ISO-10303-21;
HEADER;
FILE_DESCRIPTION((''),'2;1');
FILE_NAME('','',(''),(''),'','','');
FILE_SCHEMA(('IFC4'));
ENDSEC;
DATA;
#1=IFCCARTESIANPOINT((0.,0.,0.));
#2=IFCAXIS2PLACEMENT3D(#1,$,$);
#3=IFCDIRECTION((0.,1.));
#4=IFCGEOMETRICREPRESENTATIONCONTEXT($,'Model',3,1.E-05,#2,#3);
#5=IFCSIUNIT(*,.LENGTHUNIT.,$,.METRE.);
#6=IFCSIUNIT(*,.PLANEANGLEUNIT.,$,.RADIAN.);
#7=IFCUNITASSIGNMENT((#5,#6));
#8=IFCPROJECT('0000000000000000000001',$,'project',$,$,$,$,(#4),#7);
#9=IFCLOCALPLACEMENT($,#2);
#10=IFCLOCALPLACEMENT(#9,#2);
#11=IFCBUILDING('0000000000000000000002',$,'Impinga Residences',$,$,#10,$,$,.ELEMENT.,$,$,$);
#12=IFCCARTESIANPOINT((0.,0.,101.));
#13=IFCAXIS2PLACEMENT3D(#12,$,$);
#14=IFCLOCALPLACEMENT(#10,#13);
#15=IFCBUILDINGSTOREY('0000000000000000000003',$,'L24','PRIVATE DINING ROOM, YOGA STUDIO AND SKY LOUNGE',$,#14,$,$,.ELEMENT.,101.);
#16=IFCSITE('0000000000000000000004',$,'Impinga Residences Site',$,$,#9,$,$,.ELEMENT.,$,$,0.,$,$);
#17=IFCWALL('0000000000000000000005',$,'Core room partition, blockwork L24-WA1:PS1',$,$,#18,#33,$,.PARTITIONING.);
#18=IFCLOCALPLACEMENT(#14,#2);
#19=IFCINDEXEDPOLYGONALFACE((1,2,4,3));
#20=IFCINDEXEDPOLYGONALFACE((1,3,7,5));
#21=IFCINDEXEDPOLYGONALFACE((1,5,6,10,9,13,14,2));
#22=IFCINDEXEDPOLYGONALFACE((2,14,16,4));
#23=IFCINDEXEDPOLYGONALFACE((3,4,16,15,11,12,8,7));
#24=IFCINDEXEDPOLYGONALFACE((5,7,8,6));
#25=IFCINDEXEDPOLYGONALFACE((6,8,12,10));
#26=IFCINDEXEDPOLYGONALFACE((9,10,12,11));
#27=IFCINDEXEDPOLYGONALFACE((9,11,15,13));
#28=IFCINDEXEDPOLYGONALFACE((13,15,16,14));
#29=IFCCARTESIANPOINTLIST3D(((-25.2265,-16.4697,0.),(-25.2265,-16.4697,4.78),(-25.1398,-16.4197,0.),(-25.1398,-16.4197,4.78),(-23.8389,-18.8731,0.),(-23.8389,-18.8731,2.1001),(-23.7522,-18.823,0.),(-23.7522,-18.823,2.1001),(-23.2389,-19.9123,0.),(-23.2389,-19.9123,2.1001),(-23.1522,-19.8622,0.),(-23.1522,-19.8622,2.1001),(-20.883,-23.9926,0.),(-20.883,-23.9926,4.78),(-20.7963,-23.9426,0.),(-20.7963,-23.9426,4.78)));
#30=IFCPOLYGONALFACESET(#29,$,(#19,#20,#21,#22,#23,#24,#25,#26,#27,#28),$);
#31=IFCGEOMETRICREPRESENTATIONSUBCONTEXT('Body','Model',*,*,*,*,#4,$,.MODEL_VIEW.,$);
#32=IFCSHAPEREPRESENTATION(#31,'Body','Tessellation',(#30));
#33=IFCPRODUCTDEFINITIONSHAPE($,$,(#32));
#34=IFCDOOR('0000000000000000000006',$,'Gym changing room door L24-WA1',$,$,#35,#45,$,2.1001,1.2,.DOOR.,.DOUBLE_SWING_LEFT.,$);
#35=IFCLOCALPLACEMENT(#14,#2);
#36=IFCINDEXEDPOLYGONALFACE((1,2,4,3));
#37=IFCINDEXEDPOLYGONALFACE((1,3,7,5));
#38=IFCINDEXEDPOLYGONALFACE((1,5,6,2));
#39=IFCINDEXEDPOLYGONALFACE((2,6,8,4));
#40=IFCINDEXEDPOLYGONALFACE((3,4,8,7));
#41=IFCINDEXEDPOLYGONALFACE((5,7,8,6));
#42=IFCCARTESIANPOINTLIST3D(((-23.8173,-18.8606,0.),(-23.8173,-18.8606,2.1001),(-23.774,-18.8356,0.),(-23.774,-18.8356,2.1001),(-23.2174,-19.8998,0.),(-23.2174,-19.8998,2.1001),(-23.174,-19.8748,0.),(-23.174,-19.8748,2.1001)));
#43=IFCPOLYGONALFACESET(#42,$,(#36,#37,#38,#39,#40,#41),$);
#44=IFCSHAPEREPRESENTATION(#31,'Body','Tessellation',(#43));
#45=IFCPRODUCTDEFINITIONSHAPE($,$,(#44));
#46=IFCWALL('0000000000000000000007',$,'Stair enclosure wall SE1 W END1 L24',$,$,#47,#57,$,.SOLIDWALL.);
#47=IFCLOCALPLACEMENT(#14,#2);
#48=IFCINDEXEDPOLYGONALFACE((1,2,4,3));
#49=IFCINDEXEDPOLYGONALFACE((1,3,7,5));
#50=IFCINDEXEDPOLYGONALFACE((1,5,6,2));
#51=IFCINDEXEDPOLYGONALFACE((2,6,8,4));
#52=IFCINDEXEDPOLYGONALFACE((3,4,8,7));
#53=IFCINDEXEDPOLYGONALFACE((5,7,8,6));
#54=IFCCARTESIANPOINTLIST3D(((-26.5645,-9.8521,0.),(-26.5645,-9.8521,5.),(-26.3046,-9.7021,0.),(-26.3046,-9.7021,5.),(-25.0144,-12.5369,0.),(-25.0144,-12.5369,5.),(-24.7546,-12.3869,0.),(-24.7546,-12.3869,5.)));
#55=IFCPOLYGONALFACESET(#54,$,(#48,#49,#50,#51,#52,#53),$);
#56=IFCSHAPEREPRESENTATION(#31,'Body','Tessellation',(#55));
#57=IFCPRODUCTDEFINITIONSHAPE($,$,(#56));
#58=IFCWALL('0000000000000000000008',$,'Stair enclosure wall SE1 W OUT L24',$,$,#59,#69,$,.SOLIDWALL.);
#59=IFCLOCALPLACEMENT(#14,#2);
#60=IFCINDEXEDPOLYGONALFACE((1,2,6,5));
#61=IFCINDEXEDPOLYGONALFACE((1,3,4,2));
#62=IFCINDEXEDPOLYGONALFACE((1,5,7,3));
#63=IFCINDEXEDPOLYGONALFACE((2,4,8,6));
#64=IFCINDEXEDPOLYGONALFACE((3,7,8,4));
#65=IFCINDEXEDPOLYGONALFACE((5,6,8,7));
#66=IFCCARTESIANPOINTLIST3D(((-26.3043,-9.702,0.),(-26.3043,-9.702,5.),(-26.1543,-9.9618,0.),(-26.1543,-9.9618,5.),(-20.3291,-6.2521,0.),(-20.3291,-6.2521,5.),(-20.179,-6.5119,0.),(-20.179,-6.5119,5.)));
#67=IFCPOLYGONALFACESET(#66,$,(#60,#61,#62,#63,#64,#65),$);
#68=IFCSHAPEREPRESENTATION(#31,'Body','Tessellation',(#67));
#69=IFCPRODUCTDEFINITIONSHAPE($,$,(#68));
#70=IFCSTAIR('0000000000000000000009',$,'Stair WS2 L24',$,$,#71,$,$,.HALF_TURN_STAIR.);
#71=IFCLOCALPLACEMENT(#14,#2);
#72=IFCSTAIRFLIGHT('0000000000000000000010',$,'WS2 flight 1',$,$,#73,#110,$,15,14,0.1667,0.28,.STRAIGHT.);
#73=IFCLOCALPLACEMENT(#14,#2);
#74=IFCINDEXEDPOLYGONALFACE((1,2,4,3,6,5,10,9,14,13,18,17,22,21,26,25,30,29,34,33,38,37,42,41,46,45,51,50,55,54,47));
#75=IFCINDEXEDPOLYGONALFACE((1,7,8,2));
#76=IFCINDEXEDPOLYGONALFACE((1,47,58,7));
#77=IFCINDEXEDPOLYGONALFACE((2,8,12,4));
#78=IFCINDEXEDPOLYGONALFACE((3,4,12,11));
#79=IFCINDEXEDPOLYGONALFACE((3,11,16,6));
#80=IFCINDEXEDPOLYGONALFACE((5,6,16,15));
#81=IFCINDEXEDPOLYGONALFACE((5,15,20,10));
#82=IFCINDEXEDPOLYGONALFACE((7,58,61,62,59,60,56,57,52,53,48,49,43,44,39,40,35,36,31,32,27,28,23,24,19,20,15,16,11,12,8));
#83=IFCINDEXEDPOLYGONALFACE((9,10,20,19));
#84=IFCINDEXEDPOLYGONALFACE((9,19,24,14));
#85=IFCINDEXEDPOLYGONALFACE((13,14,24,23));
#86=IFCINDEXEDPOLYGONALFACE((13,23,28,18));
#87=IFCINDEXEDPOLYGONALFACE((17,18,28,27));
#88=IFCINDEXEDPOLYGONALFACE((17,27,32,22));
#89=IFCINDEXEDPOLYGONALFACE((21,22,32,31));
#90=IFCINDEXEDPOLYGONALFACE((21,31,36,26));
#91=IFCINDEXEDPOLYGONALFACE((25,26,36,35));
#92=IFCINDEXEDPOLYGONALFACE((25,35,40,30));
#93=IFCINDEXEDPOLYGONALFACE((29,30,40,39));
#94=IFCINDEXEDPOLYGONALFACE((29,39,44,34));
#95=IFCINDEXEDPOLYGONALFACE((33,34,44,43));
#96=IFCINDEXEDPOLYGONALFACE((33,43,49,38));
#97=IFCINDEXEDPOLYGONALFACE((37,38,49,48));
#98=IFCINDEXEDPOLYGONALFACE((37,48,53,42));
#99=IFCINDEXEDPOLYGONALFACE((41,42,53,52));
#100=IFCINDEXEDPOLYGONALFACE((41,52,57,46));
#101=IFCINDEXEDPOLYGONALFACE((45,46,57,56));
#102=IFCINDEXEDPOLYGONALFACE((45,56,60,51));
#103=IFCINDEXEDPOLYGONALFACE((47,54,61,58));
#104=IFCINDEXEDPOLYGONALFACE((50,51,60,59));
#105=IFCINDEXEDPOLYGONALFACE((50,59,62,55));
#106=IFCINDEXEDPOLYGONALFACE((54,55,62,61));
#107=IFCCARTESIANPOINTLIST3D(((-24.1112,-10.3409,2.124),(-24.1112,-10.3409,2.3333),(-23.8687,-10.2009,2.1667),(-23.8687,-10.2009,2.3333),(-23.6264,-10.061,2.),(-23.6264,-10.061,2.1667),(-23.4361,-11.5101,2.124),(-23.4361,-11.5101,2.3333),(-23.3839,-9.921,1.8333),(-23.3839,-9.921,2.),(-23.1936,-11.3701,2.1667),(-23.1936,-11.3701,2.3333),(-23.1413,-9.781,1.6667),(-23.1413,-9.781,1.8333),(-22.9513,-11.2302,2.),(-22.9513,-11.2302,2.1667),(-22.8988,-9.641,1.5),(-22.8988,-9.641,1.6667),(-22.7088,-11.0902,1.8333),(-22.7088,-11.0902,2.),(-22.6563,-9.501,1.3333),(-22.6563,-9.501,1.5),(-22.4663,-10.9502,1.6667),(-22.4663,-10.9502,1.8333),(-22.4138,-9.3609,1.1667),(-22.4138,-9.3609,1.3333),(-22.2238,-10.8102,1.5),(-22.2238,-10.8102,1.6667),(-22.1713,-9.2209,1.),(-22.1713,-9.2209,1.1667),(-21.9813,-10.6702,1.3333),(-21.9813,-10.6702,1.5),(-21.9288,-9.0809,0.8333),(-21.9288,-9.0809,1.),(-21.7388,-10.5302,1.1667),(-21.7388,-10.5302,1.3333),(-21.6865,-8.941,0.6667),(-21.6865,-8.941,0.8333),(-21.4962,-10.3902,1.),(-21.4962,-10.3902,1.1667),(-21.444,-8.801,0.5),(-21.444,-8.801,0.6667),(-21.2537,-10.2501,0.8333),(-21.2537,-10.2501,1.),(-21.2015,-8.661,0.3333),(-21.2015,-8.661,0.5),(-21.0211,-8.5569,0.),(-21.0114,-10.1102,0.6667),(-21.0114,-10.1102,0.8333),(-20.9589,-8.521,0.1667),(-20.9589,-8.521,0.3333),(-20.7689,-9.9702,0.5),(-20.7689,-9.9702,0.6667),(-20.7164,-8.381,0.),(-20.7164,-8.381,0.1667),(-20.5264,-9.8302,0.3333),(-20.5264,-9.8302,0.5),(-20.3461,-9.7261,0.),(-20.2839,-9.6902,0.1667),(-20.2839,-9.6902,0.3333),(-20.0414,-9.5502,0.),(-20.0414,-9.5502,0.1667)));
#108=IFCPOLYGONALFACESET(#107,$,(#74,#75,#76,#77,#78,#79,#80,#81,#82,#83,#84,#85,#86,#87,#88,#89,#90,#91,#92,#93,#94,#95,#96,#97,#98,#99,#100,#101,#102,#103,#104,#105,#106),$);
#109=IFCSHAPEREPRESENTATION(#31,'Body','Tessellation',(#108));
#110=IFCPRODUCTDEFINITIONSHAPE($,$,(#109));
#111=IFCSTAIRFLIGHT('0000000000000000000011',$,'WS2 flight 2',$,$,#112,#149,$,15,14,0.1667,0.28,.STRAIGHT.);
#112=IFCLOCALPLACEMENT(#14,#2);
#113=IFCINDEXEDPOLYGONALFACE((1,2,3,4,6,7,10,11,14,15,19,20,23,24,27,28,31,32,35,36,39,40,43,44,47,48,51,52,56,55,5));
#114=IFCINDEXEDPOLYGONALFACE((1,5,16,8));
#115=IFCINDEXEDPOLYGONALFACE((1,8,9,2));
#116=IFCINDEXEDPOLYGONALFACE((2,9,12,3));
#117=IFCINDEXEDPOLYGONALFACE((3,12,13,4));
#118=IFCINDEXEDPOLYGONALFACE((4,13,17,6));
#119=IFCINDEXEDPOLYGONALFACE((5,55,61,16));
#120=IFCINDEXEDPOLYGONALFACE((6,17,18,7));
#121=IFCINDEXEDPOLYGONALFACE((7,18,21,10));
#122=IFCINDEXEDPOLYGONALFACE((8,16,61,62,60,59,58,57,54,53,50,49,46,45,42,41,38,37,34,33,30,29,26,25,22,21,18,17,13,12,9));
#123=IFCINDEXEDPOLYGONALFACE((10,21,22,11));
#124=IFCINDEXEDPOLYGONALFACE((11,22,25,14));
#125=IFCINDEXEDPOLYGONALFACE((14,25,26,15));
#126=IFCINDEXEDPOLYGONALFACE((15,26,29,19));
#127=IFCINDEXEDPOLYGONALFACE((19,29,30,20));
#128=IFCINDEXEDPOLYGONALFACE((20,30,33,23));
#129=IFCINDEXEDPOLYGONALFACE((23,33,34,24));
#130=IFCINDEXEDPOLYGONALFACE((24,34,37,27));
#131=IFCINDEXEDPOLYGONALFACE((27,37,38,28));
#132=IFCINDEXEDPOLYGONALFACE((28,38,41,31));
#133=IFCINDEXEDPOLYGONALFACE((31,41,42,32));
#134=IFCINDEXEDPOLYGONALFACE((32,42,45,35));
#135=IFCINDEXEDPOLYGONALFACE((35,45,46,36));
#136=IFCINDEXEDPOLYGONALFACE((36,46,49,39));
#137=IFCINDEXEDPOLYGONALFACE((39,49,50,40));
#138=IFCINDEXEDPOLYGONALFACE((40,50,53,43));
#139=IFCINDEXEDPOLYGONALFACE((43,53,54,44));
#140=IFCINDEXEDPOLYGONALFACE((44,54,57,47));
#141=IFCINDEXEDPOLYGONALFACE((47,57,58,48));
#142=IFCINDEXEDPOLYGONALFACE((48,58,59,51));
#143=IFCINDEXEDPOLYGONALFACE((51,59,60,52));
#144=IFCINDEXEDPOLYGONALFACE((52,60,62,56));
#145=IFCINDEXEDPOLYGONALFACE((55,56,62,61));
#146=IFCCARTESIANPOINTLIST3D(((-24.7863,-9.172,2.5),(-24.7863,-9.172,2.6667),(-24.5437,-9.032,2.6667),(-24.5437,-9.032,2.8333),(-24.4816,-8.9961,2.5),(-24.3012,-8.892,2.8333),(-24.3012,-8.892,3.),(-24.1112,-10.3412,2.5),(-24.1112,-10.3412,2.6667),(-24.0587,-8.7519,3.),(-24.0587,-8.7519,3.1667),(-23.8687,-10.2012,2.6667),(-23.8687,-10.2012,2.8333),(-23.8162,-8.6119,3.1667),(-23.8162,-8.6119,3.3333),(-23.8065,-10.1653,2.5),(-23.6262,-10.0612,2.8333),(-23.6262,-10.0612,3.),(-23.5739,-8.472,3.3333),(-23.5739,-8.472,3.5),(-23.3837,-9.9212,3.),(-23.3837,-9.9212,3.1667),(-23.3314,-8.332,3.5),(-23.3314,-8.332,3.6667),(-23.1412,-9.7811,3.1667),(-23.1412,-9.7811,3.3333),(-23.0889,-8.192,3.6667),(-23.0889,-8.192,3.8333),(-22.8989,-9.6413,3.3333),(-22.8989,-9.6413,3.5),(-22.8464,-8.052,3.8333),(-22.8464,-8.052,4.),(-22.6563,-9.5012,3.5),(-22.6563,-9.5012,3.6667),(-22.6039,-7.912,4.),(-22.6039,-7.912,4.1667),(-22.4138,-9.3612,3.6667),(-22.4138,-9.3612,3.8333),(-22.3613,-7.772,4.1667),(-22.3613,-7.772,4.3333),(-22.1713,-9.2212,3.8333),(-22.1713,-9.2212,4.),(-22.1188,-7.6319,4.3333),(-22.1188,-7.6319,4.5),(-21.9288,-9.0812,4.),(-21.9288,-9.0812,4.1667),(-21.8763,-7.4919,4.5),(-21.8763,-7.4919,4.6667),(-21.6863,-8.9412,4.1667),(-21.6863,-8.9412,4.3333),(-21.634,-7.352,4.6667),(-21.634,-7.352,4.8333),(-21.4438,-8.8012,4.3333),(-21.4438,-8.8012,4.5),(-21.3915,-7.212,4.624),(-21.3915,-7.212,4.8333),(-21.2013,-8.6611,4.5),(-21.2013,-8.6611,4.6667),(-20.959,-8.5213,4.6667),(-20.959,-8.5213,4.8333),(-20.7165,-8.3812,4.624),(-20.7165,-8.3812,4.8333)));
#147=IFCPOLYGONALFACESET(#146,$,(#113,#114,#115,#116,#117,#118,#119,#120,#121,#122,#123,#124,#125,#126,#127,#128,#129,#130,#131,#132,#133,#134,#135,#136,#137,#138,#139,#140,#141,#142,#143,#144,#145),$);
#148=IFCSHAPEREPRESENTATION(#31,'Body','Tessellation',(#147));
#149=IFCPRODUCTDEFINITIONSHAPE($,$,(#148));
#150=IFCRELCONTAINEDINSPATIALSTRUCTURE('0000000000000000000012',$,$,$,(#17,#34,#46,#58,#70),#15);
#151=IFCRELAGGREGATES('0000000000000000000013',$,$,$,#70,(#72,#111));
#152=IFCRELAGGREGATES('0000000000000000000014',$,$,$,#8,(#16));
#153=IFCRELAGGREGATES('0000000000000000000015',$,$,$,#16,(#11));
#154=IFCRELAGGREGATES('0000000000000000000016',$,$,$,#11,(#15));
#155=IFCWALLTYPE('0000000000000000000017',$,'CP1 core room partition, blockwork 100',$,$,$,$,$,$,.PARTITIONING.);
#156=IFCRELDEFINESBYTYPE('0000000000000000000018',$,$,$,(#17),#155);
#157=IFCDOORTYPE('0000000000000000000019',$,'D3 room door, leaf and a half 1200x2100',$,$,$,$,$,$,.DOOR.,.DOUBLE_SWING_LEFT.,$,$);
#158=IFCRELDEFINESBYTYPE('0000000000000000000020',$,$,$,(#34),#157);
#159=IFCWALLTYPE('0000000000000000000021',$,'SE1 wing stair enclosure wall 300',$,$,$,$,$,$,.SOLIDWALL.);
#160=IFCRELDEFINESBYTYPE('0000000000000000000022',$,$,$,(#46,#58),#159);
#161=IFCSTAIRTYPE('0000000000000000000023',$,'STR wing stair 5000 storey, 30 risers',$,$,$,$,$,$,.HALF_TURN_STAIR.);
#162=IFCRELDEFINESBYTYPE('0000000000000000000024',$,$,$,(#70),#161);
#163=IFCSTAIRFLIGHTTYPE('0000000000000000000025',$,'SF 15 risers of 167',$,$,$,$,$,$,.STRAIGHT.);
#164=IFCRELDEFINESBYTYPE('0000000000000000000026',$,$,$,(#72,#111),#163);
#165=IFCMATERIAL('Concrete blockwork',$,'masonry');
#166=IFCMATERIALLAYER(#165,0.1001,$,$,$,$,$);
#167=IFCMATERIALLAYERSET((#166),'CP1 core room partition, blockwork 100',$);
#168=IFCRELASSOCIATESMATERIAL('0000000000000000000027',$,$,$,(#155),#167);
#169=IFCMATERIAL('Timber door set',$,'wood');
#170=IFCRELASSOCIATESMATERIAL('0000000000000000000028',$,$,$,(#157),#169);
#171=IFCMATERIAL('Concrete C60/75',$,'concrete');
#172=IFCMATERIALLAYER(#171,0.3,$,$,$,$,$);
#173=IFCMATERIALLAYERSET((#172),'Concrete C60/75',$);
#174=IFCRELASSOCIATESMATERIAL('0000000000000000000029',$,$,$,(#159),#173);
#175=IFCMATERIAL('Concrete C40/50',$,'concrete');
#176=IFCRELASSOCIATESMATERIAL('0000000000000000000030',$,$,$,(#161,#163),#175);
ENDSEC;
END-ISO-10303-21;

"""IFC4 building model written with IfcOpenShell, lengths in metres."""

from ifc_helpers import new_model, si_unit, direction, frame, frame_2d, origin, place, context, subcontext, project, spatial, polyline, rectangle, outline, extrude, material, layer, layer_set, type_object, element, fill, aggregate, save


model = new_model("IFC4")

# Units and contexts
model_context = context("Model", 3, precision=1e-05, world=origin(), true_north=direction((0.0, 1.0)))
body_context = subcontext(model_context, "Body", "Model", "MODEL_VIEW")
ifc_project = project(units=[si_unit("LENGTHUNIT", "METRE"), si_unit("PLANEANGLEUNIT", "RADIAN")], contexts=[model_context])

# Site, building, storey
site_placement = place(None, origin())
site = spatial("IfcSite", under=ifc_project, at=site_placement, Name="Impinga Residences Site", CompositionType="ELEMENT", RefElevation=0.0)
building_placement = place(site_placement, origin())
building = spatial("IfcBuilding", under=site, at=building_placement, Name="Impinga Residences", CompositionType="ELEMENT")
storey_placement = place(building_placement, frame((0.0, 0.0, 101.0)))
storey = spatial("IfcBuildingStorey", under=building, at=storey_placement, Name="L24", Description="PRIVATE DINING ROOM, YOGA STUDIO AND SKY LOUNGE", CompositionType="ELEMENT", Elevation=101.0)

# Shared definitions
ifc_material_1 = material(Name="Concrete C60/75", Category="concrete")

# Wall, opening, door
ifc_material_2 = material(Name="Concrete blockwork", Category="masonry")
ifc_layer_1 = layer(ifc_material_2, 0.1001)
ifc_layer_set_1 = layer_set([ifc_layer_1], Name="CP1 core room partition, blockwork 100")
wall_type_1 = type_object("IfcWallType", Name="CP1 core room partition, blockwork 100", PredefinedType="PARTITIONING", material=ifc_layer_set_1)
wall_1_placement = place(storey_placement, frame((-25.1831, -16.4448, 0.0), z_axis=(0.0, 0.0, 1.0), x_axis=(0.500011, -0.866019, 0.0)))
wall_1 = element("IfcWall", 1, at=wall_1_placement, inside=storey, type_object=wall_type_1, Name="Core room partition, blockwork L24-WA1:PS1", PredefinedType="PARTITIONING", context=body_context, shape_type="SweptSolid", body=[
    extrude(rectangle(XDim=8.6868, YDim=0.1001, at=frame_2d((4.3433, 0.0))), origin(), (0.0, 0.0, 1.0), 4.78),
])
opening_placement = place(wall_1_placement, frame((2.7749, 0.0, 0.0)))
opening = element("IfcOpeningElement", 2, at=opening_placement, cuts=wall_1, PredefinedType="OPENING", context=body_context, shape_type="SweptSolid", body=[
    extrude(rectangle(XDim=1.2, YDim=2.1001, at=frame_2d((0.6001, 1.05))), frame((0.0, 0.0601, 0.0), z_axis=(0.0, -1.0, 0.0), x_axis=(1.0, 0.0, 0.0)), (0.0, 0.0, 1.0), 0.1201),
])
ifc_material_3 = material(Name="Timber door set", Category="wood")
door_type = type_object("IfcDoorType", Name="D3 room door, leaf and a half 1200x2100", OperationType="DOUBLE_SWING_LEFT", PredefinedType="DOOR", material=ifc_material_3)
door_placement = place(opening_placement, origin())
door = element("IfcDoor", 3, at=door_placement, inside=storey, type_object=door_type, Name="Gym changing room door L24-WA1", OperationType="DOUBLE_SWING_LEFT", OverallHeight=2.1001, OverallWidth=1.2, PredefinedType="DOOR", context=body_context, shape_type="SweptSolid", body=[
    extrude(rectangle(XDim=1.2, YDim=2.1001, at=frame_2d((0.6001, 1.05))), frame((0.0, 0.0249, 0.0), z_axis=(0.0, -1.0, 0.0), x_axis=(1.0, 0.0, 0.0)), (0.0, 0.0, 1.0), 0.05),
])
fill(opening, door)

# Walls
ifc_layer_2 = layer(ifc_material_1, 0.3)
ifc_layer_set_2 = layer_set([ifc_layer_2], Name="Concrete C60/75")
wall_type_2 = type_object("IfcWallType", Name="SE1 wing stair enclosure wall 300", PredefinedType="SOLIDWALL", material=ifc_layer_set_2)
wall_2_placement = place(storey_placement, frame((-24.8845, -12.4619, 0.0), z_axis=(0.0, 0.0, 1.0), x_axis=(-0.499993, 0.86603, 0.0)))
element("IfcWall", 4, at=wall_2_placement, inside=storey, type_object=wall_type_2, Name="Stair enclosure wall SE1 W END1 L24", PredefinedType="SOLIDWALL", context=body_context, shape_type="SweptSolid", body=[
    extrude(rectangle(XDim=3.1001, YDim=0.3, at=frame_2d((1.55, 0.0))), origin(), (0.0, 0.0, 1.0), 5.0),
])
wall_3_placement = place(storey_placement, frame((-20.2542, -6.3821, 0.0), z_axis=(0.0, 0.0, 1.0), x_axis=(-0.86602, -0.500009, 0.0)))
element("IfcWall", 5, at=wall_3_placement, inside=storey, type_object=wall_type_2, Name="Stair enclosure wall SE1 W OUT L24", PredefinedType="SOLIDWALL", context=body_context, shape_type="SweptSolid", body=[
    extrude(rectangle(XDim=6.8997, YDim=0.3, at=frame_2d((3.4497, 0.0))), origin(), (0.0, 0.0, 1.0), 5.0),
])

# Stair, stair flights
ifc_material_4 = material(Name="Concrete C40/50", Category="concrete")
stair_type = type_object("IfcStairType", Name="STR wing stair 5000 storey, 30 risers", PredefinedType="HALF_TURN_STAIR", material=ifc_material_4)
stair_placement = place(storey_placement, origin())
stair = element("IfcStair", 6, at=stair_placement, inside=storey, type_object=stair_type, Name="Stair WS2 L24", PredefinedType="HALF_TURN_STAIR")
stair_flight_type = type_object("IfcStairFlightType", Name="SF 15 risers of 167", PredefinedType="STRAIGHT", material=ifc_material_4)
stair_flight_1_placement = place(storey_placement, frame((-20.3789, -8.9656, 0.0), z_axis=(0.0, 0.0, 1.0), x_axis=(-0.866025, -0.5, 0.0)))
stair_flight_1 = element("IfcStairFlight", 7, at=stair_flight_1_placement, type_object=stair_flight_type, Name="WS2 flight 1", NumberOfRisers=15, NumberOfTreads=14, PredefinedType="STRAIGHT", RiserHeight=0.1667, TreadLength=0.28, context=body_context, shape_type="SweptSolid", body=[
    extrude(outline(polyline([(0.0, 0.0), (0.0, 0.1667), (0.28, 0.1667), (0.28, 0.3333), (0.5601, 0.3333), (0.5601, 0.5), (0.8401, 0.5), (0.8401, 0.6667), (1.1201, 0.6667), (1.1201, 0.8333), (1.3999, 0.8333), (1.3999, 1.0), (1.6799, 1.0), (1.6799, 1.1667), (1.96, 1.1667), (1.96, 1.3333), (2.24, 1.3333), (2.24, 1.5), (2.52, 1.5), (2.52, 1.6667), (2.8, 1.6667), (2.8, 1.8333), (3.0801, 1.8333), (3.0801, 2.0), (3.3601, 2.0), (3.3601, 2.1667), (3.6399, 2.1667), (3.6399, 2.3333), (3.9199, 2.3333), (3.9199, 2.5), (3.9199, 2.124), (0.3518, 0.0), (0.0, 0.0)])), frame((0.0, 0.675, 0.0), z_axis=(0.0, -1.0, 0.0), x_axis=(1.0, 0.0, 0.0)), (0.0, 0.0, 1.0), 1.3501),
])
stair_flight_2_placement = place(storey_placement, frame((-24.4487, -9.7566, 2.5), z_axis=(0.0, 0.0, 1.0), x_axis=(0.866025, 0.5, 0.0)))
stair_flight_2 = element("IfcStairFlight", 8, at=stair_flight_2_placement, type_object=stair_flight_type, Name="WS2 flight 2", NumberOfRisers=15, NumberOfTreads=14, PredefinedType="STRAIGHT", RiserHeight=0.1667, TreadLength=0.28, context=body_context, shape_type="SweptSolid", body=[
    extrude(outline(polyline([(0.0, 0.0), (0.0, 0.1667), (0.28, 0.1667), (0.28, 0.3333), (0.5601, 0.3333), (0.5601, 0.5), (0.8401, 0.5), (0.8401, 0.6667), (1.1201, 0.6667), (1.1201, 0.8333), (1.3999, 0.8333), (1.3999, 1.0), (1.6799, 1.0), (1.6799, 1.1667), (1.96, 1.1667), (1.96, 1.3333), (2.24, 1.3333), (2.24, 1.5), (2.52, 1.5), (2.52, 1.6667), (2.8, 1.6667), (2.8, 1.8333), (3.0801, 1.8333), (3.0801, 2.0), (3.3601, 2.0), (3.3601, 2.1667), (3.6399, 2.1667), (3.6399, 2.3333), (3.9199, 2.3333), (3.9199, 2.5), (3.9199, 2.124), (0.3518, 0.0), (0.0, 0.0)])), frame((0.0, 0.675, 0.0), z_axis=(0.0, -1.0, 0.0), x_axis=(1.0, 0.0, 0.0)), (0.0, 0.0, 1.0), 1.3501),
])
aggregate(stair, [stair_flight_1, stair_flight_2])

save(model, "model.ifc")
